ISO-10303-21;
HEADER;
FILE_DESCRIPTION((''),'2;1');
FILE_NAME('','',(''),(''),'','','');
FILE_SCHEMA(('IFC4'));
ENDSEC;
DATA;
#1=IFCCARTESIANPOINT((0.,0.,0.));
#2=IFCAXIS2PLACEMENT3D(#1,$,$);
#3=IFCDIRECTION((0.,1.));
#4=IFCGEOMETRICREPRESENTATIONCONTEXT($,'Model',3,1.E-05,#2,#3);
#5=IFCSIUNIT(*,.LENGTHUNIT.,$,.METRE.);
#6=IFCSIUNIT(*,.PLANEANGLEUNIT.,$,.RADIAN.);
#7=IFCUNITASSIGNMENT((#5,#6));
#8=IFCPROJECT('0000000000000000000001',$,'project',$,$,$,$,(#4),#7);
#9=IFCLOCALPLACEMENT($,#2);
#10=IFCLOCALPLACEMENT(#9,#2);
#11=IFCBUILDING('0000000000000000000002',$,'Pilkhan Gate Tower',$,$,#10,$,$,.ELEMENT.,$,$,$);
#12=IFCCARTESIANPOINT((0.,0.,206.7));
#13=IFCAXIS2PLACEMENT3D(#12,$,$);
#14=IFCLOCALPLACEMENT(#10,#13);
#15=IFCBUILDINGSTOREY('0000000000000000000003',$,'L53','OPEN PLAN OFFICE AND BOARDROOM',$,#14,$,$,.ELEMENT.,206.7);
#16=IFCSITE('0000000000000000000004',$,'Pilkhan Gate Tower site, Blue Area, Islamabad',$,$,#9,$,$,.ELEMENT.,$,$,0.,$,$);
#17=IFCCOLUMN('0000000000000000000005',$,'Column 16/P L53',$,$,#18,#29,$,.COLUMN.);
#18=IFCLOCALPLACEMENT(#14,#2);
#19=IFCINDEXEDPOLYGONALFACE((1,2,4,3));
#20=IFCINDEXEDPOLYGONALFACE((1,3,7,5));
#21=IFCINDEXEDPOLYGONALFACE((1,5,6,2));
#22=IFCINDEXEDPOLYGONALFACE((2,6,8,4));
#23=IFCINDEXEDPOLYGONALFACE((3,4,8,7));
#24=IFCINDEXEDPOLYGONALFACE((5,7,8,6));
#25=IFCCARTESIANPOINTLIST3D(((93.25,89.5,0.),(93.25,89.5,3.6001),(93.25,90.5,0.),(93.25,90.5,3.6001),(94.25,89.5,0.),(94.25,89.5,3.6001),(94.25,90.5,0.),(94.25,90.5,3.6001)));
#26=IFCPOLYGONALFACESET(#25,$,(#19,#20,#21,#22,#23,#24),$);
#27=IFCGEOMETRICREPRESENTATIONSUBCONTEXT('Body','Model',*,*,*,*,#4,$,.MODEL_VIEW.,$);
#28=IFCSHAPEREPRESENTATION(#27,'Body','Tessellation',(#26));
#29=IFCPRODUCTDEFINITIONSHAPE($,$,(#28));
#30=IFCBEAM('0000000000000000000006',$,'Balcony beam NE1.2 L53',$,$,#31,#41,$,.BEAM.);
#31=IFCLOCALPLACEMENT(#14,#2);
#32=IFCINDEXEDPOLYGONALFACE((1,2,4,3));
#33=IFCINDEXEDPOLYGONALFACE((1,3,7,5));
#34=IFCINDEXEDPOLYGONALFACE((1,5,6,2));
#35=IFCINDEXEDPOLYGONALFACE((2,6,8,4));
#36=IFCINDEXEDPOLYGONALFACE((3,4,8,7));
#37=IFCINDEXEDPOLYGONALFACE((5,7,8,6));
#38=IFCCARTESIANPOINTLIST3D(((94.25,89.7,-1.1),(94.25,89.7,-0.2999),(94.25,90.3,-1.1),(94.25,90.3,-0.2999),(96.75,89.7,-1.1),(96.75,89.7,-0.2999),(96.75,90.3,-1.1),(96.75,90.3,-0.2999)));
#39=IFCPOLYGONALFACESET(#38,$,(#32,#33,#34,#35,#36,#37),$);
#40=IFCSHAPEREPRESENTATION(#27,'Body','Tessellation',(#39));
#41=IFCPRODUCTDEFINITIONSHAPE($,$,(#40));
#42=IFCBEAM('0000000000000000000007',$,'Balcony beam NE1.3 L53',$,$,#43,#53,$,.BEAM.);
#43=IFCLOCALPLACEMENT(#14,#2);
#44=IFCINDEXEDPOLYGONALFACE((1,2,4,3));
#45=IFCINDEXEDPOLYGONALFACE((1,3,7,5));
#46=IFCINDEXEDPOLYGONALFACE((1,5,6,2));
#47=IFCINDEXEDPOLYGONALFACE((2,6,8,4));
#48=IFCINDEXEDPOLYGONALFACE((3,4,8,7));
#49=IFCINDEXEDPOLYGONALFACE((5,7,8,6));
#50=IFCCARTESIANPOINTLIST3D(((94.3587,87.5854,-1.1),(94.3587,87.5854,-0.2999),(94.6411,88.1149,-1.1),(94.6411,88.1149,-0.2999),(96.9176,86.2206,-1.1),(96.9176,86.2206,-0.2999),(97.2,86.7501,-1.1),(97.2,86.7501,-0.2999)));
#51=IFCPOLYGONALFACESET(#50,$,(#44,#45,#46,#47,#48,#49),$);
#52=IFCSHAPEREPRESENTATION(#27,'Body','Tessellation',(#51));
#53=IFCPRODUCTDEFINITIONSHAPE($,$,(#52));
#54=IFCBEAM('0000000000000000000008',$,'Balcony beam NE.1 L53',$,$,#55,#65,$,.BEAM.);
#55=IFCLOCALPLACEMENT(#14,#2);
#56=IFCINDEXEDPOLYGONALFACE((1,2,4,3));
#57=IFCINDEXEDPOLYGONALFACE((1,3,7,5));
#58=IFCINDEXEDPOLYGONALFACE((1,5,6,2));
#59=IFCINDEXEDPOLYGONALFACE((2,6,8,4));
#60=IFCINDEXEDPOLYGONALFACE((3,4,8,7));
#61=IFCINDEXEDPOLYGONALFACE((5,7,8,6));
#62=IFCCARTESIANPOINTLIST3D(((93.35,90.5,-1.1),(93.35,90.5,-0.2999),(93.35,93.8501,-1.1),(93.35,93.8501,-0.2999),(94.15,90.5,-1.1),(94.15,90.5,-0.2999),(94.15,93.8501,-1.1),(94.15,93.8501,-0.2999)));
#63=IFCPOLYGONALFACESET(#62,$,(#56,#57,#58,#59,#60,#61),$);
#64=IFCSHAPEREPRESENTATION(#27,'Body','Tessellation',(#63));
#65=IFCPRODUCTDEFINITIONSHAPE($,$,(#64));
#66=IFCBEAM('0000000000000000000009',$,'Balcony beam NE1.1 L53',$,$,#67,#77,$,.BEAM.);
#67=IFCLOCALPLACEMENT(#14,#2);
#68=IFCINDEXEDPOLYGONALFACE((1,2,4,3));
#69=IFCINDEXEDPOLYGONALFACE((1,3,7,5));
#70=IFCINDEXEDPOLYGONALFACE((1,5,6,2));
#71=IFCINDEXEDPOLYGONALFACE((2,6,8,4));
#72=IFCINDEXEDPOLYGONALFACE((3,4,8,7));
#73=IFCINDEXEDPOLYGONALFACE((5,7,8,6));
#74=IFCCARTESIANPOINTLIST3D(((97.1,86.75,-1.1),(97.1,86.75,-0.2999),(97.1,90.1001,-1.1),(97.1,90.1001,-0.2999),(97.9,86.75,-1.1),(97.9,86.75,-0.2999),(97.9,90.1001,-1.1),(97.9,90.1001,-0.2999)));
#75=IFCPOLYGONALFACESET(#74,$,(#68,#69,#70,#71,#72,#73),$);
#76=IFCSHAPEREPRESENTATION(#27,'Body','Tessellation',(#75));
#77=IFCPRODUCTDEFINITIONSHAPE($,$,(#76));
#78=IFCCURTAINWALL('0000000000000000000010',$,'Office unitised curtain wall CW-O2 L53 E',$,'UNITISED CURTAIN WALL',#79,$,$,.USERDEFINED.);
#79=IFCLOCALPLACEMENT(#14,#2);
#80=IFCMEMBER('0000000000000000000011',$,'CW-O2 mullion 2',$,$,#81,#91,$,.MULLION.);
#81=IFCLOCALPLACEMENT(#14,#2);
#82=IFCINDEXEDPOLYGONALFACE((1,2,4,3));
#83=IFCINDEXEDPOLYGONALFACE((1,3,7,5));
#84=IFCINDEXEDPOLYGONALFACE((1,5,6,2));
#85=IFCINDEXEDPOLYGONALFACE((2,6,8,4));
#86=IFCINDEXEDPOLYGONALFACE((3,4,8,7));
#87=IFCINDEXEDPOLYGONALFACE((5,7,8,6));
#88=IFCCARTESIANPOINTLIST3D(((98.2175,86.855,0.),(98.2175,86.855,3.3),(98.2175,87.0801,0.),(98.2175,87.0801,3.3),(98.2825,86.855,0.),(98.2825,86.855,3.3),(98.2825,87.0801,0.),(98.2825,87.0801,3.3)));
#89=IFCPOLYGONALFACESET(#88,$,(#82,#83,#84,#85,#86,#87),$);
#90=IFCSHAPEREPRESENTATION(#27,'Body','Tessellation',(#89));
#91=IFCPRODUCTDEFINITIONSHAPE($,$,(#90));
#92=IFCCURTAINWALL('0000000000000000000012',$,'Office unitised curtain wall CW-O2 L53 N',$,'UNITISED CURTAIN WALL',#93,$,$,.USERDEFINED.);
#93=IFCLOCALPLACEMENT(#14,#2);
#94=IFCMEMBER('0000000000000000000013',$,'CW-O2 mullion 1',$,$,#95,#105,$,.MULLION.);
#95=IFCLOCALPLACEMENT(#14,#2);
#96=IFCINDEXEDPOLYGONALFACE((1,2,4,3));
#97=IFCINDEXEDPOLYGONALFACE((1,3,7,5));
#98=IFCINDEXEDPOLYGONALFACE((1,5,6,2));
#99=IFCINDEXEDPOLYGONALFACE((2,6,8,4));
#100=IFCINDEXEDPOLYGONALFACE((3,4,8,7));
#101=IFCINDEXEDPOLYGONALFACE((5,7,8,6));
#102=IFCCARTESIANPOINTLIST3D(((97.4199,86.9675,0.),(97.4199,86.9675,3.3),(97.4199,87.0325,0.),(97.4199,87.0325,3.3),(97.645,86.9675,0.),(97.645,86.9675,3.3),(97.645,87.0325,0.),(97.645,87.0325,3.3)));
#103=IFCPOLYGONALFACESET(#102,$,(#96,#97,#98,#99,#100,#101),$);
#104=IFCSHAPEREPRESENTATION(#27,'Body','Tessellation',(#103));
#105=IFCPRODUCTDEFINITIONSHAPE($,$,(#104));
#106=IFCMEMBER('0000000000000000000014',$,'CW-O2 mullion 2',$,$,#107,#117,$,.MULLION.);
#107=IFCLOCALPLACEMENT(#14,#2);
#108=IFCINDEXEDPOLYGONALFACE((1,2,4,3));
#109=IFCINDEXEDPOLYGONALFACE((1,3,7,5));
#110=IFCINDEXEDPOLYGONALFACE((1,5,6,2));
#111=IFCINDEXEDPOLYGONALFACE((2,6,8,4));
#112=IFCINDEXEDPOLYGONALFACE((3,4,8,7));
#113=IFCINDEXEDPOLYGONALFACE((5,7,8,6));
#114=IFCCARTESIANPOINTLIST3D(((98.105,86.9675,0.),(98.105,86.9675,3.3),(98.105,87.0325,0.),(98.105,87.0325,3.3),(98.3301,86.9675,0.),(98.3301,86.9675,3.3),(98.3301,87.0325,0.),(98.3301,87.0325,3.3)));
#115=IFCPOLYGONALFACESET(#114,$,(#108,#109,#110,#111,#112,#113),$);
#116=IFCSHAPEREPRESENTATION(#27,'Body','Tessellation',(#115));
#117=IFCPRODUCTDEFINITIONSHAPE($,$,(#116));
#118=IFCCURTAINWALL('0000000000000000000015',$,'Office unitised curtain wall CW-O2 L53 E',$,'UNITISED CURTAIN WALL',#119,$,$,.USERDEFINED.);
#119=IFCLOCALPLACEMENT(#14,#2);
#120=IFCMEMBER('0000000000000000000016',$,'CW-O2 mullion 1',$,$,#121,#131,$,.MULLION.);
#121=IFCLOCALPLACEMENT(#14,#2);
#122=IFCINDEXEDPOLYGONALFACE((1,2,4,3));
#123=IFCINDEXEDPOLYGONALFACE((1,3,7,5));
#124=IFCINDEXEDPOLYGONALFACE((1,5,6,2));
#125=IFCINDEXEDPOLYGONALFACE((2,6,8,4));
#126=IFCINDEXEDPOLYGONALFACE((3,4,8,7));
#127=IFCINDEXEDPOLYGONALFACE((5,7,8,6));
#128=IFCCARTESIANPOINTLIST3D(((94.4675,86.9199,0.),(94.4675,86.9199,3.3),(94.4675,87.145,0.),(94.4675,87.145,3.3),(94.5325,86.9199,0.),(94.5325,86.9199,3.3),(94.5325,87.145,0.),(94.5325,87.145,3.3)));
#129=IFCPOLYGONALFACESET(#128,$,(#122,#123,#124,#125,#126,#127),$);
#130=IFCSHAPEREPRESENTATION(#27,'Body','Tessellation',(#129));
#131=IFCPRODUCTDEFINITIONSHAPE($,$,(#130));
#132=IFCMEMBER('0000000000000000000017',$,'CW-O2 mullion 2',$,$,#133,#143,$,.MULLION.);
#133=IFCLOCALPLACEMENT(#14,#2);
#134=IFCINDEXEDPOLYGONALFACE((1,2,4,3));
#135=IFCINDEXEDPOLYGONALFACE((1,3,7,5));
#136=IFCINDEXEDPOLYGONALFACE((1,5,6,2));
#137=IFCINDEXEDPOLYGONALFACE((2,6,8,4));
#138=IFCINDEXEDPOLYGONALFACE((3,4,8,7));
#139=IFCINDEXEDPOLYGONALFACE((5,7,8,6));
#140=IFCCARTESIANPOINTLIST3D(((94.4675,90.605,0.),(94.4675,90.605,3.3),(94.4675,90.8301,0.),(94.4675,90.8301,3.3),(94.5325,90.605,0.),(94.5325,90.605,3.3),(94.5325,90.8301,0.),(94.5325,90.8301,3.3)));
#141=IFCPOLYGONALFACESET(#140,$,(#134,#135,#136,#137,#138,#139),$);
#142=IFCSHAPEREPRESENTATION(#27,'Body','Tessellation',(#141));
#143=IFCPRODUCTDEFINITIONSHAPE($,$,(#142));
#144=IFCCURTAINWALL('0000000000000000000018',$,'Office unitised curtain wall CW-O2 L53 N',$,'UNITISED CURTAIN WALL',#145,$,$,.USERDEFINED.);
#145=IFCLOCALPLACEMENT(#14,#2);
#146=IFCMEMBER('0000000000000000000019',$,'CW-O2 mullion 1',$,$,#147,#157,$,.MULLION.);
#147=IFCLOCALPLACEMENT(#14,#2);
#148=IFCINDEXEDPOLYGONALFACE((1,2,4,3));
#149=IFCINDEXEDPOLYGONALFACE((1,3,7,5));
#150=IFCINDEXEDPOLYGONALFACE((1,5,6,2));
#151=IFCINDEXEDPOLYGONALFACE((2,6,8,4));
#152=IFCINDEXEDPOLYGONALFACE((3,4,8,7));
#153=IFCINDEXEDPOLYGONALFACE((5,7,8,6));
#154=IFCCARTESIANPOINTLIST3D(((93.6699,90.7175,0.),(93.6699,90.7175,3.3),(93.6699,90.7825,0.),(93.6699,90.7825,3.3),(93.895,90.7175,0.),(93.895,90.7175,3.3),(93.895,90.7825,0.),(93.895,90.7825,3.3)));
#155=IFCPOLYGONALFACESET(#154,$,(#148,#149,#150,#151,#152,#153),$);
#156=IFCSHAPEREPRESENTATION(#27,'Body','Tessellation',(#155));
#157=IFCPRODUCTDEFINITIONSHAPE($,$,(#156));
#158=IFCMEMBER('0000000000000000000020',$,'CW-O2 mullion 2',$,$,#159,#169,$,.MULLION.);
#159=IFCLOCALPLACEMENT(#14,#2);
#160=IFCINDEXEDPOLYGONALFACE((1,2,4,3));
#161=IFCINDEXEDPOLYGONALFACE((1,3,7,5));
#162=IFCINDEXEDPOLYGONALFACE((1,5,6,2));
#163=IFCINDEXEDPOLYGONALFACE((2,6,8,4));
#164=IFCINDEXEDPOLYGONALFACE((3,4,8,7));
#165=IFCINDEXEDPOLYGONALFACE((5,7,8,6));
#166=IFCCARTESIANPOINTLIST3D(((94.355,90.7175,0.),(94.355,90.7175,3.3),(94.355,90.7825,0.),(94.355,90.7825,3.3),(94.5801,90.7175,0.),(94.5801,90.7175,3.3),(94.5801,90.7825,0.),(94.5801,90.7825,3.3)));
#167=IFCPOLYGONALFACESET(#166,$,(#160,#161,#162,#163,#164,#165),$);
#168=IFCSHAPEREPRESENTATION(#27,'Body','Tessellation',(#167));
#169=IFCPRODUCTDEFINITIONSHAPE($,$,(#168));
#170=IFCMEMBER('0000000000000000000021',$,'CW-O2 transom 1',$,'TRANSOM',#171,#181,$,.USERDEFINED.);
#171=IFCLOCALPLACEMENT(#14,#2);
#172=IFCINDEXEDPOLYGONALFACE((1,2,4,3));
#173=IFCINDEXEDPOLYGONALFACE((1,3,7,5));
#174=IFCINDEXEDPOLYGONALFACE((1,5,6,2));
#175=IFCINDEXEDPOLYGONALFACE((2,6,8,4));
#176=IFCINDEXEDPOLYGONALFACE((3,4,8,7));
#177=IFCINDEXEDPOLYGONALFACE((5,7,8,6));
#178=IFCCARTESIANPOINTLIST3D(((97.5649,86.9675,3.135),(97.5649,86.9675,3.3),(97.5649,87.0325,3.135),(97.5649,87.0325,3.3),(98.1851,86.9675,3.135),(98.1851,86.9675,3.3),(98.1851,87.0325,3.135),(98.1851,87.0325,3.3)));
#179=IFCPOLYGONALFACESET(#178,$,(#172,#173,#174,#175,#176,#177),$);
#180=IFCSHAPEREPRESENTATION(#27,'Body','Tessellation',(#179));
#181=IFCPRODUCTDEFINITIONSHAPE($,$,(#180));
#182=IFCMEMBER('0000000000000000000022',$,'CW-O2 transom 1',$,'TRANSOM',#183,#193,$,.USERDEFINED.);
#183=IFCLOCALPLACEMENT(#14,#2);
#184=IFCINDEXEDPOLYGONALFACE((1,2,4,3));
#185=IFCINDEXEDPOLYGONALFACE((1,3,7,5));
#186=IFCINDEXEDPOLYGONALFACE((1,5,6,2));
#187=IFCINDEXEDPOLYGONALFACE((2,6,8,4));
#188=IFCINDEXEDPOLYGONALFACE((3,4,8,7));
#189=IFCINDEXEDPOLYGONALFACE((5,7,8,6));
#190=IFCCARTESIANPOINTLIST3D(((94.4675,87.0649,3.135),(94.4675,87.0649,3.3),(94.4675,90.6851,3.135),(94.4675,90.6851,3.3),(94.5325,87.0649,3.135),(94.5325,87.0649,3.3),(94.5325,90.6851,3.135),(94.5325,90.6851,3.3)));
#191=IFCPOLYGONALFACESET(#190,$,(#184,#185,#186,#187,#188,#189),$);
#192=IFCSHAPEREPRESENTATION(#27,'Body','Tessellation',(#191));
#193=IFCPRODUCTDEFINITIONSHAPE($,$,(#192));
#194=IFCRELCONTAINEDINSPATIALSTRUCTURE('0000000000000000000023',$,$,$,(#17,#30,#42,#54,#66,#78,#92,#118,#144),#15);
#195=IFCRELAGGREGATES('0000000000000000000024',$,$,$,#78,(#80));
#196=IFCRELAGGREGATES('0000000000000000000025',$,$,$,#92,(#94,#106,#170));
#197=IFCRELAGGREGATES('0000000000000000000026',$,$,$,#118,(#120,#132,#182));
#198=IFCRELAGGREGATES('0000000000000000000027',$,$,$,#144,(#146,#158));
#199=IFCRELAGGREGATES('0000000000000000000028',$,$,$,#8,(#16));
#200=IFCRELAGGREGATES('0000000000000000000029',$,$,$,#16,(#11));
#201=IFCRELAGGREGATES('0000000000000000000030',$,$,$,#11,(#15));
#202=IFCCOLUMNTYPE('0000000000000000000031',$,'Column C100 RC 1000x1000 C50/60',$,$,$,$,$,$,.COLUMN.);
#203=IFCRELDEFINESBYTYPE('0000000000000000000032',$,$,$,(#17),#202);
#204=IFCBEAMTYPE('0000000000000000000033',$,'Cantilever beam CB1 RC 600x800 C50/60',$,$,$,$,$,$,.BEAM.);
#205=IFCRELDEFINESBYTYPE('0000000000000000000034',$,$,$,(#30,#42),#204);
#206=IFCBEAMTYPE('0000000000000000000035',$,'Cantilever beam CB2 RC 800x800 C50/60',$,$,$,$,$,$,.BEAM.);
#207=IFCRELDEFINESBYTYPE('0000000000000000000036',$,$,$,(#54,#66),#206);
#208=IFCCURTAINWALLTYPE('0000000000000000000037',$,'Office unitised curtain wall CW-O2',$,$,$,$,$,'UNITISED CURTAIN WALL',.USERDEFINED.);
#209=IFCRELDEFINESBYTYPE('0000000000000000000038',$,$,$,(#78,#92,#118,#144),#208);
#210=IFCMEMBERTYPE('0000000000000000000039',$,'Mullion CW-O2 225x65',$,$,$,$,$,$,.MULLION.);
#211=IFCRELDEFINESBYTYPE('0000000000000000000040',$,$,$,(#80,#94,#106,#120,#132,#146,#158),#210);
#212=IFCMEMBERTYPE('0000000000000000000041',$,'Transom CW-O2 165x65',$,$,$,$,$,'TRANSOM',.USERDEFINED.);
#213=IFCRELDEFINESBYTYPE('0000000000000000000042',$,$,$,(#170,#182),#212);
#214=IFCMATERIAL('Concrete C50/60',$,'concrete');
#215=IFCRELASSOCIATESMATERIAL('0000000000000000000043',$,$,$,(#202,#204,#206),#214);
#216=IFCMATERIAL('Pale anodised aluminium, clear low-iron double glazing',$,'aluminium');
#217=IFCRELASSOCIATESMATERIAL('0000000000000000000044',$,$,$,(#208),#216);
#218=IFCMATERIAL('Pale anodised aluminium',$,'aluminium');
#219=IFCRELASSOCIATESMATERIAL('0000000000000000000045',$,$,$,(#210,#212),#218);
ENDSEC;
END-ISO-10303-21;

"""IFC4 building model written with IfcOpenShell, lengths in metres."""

from ifc_helpers import new_model, si_unit, direction, frame, origin, origin_2d, place, context, subcontext, project, spatial, rectangle, extrude, material, material_profile, profile_set, type_object, element, aggregate, save


model = new_model("IFC4")

# Units and contexts
model_context = context("Model", 3, precision=1e-05, world=origin(), true_north=direction((0.0, 1.0)))
body_context = subcontext(model_context, "Body", "Model", "MODEL_VIEW")
ifc_project = project(units=[si_unit("LENGTHUNIT", "METRE"), si_unit("PLANEANGLEUNIT", "RADIAN")], contexts=[model_context])

# Site, building, storey
site_placement = place(None, origin())
site = spatial("IfcSite", under=ifc_project, at=site_placement, Name="Pilkhan Gate Tower site, Blue Area, Islamabad", CompositionType="ELEMENT", RefElevation=0.0)
building_placement = place(site_placement, origin())
building = spatial("IfcBuilding", under=site, at=building_placement, Name="Pilkhan Gate Tower", CompositionType="ELEMENT")
storey_placement = place(building_placement, frame((0.0, 0.0, 206.7)))
storey = spatial("IfcBuildingStorey", under=building, at=storey_placement, Name="L53", Description="OPEN PLAN OFFICE AND BOARDROOM", CompositionType="ELEMENT", Elevation=206.7)

# Column
ifc_material_1 = material(Name="Concrete C50/60", Category="concrete")
ifc_material_profile_1 = material_profile(ifc_material_1, rectangle(XDim=1.0, YDim=1.0, at=origin_2d()), Name="RC 1000x1000")
ifc_profile_set_1 = profile_set([ifc_material_profile_1], Name="Concrete C50/60")
column_type = type_object("IfcColumnType", Name="Column C100 RC 1000x1000 C50/60", PredefinedType="COLUMN", material=ifc_profile_set_1)
column_placement = place(storey_placement, frame((93.75, 90.0, 0.0), z_axis=(0.0, 0.0, 1.0), x_axis=(1.0, 0.0, 0.0)))
element("IfcColumn", 1, at=column_placement, inside=storey, type_object=column_type, Name="Column 16/P L53", PredefinedType="COLUMN", context=body_context, shape_type="SweptSolid", body=[
    extrude(rectangle(XDim=1.0, YDim=1.0, at=origin_2d()), origin(), (0.0, 0.0, 1.0), 3.6001),
])

# Beams
ifc_material_profile_2 = material_profile(ifc_material_1, rectangle(XDim=0.6001, YDim=0.8, at=origin_2d()), Name="RC 600x800")
ifc_profile_set_2 = profile_set([ifc_material_profile_2], Name="Concrete C50/60")
beam_type_1 = type_object("IfcBeamType", Name="Cantilever beam CB1 RC 600x800 C50/60", PredefinedType="BEAM", material=ifc_profile_set_2)
beam_1_placement = place(storey_placement, frame((94.25, 90.0, -0.7), z_axis=(1.0, 0.0, 0.0), x_axis=(0.0, 1.0, 0.0)))
element("IfcBeam", 2, at=beam_1_placement, inside=storey, type_object=beam_type_1, Name="Balcony beam NE1.2 L53", PredefinedType="BEAM", context=body_context, shape_type="SweptSolid", body=[
    extrude(rectangle(XDim=0.6001, YDim=0.8, at=origin_2d()), origin(), (0.0, 0.0, 1.0), 2.5),
])
beam_2_placement = place(storey_placement, frame((97.0588, 86.4854, -0.7), z_axis=(-0.882348, 0.470597, 0.0), x_axis=(-0.470597, -0.882348, 0.0)))
element("IfcBeam", 3, at=beam_2_placement, inside=storey, type_object=beam_type_1, Name="Balcony beam NE1.3 L53", PredefinedType="BEAM", context=body_context, shape_type="SweptSolid", body=[
    extrude(rectangle(XDim=0.6001, YDim=0.8, at=origin_2d()), origin(), (0.0, 0.0, 1.0), 2.9001),
])
ifc_material_profile_3 = material_profile(ifc_material_1, rectangle(XDim=0.8, YDim=0.8, at=origin_2d()), Name="RC 800x800")
ifc_profile_set_3 = profile_set([ifc_material_profile_3], Name="Concrete C50/60")
beam_type_2 = type_object("IfcBeamType", Name="Cantilever beam CB2 RC 800x800 C50/60", PredefinedType="BEAM", material=ifc_profile_set_3)
for number, where, z_axis, x_axis, name in (
    (4, (93.75, 90.5, -0.7), (0.0, 1.0, 0.0), (-1.0, 0.0, 0.0), "Balcony beam NE.1 L53"),
    (5, (97.5, 86.75, -0.7), (0.0, 1.0, 0.0), (-1.0, 0.0, 0.0), "Balcony beam NE1.1 L53"),
):
    element("IfcBeam", number, at=place(storey_placement, frame(where, z_axis=z_axis, x_axis=x_axis)), inside=storey, type_object=beam_type_2, Name=name, PredefinedType="BEAM", context=body_context, shape_type="SweptSolid", body=[
        extrude(rectangle(XDim=0.8, YDim=0.8, at=origin_2d()), origin(), (0.0, 0.0, 1.0), 3.3501),
    ])

# Curtain wall, member
ifc_material_2 = material(Name="Pale anodised aluminium, clear low-iron double glazing", Category="aluminium")
curtain_wall_type = type_object("IfcCurtainWallType", Name="Office unitised curtain wall CW-O2", ElementType="UNITISED CURTAIN WALL", PredefinedType="USERDEFINED", material=ifc_material_2)
curtain_wall_1_placement = place(storey_placement, origin())
curtain_wall_1 = element("IfcCurtainWall", 6, at=curtain_wall_1_placement, inside=storey, type_object=curtain_wall_type, Name="Office unitised curtain wall CW-O2 L53 E", ObjectType="UNITISED CURTAIN WALL", PredefinedType="USERDEFINED")
ifc_material_3 = material(Name="Pale anodised aluminium", Category="aluminium")
ifc_material_profile_4 = material_profile(ifc_material_3, rectangle(XDim=0.0649, YDim=0.2251, at=origin_2d()), Name="Mullion 225x65")
ifc_profile_set_4 = profile_set([ifc_material_profile_4], Name="Pale anodised aluminium")
member_type_1 = type_object("IfcMemberType", Name="Mullion CW-O2 225x65", PredefinedType="MULLION", material=ifc_profile_set_4)
member_1_placement = place(storey_placement, frame((98.25, 86.9675, 0.0), z_axis=(0.0, 0.0, 1.0), x_axis=(-1.0, 0.0, 0.0)))
member_1 = element("IfcMember", 7, at=member_1_placement, type_object=member_type_1, Name="CW-O2 mullion 2", PredefinedType="MULLION", context=body_context, shape_type="SweptSolid", body=[
    extrude(rectangle(XDim=0.0649, YDim=0.2251, at=origin_2d()), origin(), (0.0, 0.0, 1.0), 3.3),
])
aggregate(curtain_wall_1, [member_1])

# Curtain walls, members
curtain_wall_2_placement = place(storey_placement, origin())
curtain_wall_2 = element("IfcCurtainWall", 8, at=curtain_wall_2_placement, inside=storey, type_object=curtain_wall_type, Name="Office unitised curtain wall CW-O2 L53 N", ObjectType="UNITISED CURTAIN WALL", PredefinedType="USERDEFINED")
member_2_placement = place(storey_placement, frame((97.5325, 87.0, 0.0), z_axis=(0.0, 0.0, 1.0), x_axis=(0.0, 1.0, 0.0)))
member_2 = element("IfcMember", 9, at=member_2_placement, type_object=member_type_1, Name="CW-O2 mullion 1", PredefinedType="MULLION", context=body_context, shape_type="SweptSolid", body=[
    extrude(rectangle(XDim=0.0649, YDim=0.2251, at=origin_2d()), origin(), (0.0, 0.0, 1.0), 3.3),
])
member_3_placement = place(storey_placement, frame((98.2175, 87.0, 0.0), z_axis=(0.0, 0.0, 1.0), x_axis=(0.0, 1.0, 0.0)))
member_3 = element("IfcMember", 10, at=member_3_placement, type_object=member_type_1, Name="CW-O2 mullion 2", PredefinedType="MULLION", context=body_context, shape_type="SweptSolid", body=[
    extrude(rectangle(XDim=0.0649, YDim=0.2251, at=origin_2d()), origin(), (0.0, 0.0, 1.0), 3.3),
])
curtain_wall_3_placement = place(storey_placement, origin())
curtain_wall_3 = element("IfcCurtainWall", 11, at=curtain_wall_3_placement, inside=storey, type_object=curtain_wall_type, Name="Office unitised curtain wall CW-O2 L53 E", ObjectType="UNITISED CURTAIN WALL", PredefinedType="USERDEFINED")
member_4_placement = place(storey_placement, frame((94.5, 87.0325, 0.0), z_axis=(0.0, 0.0, 1.0), x_axis=(-1.0, 0.0, 0.0)))
member_4 = element("IfcMember", 12, at=member_4_placement, type_object=member_type_1, Name="CW-O2 mullion 1", PredefinedType="MULLION", context=body_context, shape_type="SweptSolid", body=[
    extrude(rectangle(XDim=0.0649, YDim=0.2251, at=origin_2d()), origin(), (0.0, 0.0, 1.0), 3.3),
])
member_5_placement = place(storey_placement, frame((94.5, 90.7175, 0.0), z_axis=(0.0, 0.0, 1.0), x_axis=(-1.0, 0.0, 0.0)))
member_5 = element("IfcMember", 13, at=member_5_placement, type_object=member_type_1, Name="CW-O2 mullion 2", PredefinedType="MULLION", context=body_context, shape_type="SweptSolid", body=[
    extrude(rectangle(XDim=0.0649, YDim=0.2251, at=origin_2d()), origin(), (0.0, 0.0, 1.0), 3.3),
])
curtain_wall_4_placement = place(storey_placement, origin())
curtain_wall_4 = element("IfcCurtainWall", 14, at=curtain_wall_4_placement, inside=storey, type_object=curtain_wall_type, Name="Office unitised curtain wall CW-O2 L53 N", ObjectType="UNITISED CURTAIN WALL", PredefinedType="USERDEFINED")
member_6_placement = place(storey_placement, frame((93.7825, 90.75, 0.0), z_axis=(0.0, 0.0, 1.0), x_axis=(0.0, 1.0, 0.0)))
member_6 = element("IfcMember", 15, at=member_6_placement, type_object=member_type_1, Name="CW-O2 mullion 1", PredefinedType="MULLION", context=body_context, shape_type="SweptSolid", body=[
    extrude(rectangle(XDim=0.0649, YDim=0.2251, at=origin_2d()), origin(), (0.0, 0.0, 1.0), 3.3),
])
member_7_placement = place(storey_placement, frame((94.4675, 90.75, 0.0), z_axis=(0.0, 0.0, 1.0), x_axis=(0.0, 1.0, 0.0)))
member_7 = element("IfcMember", 16, at=member_7_placement, type_object=member_type_1, Name="CW-O2 mullion 2", PredefinedType="MULLION", context=body_context, shape_type="SweptSolid", body=[
    extrude(rectangle(XDim=0.0649, YDim=0.2251, at=origin_2d()), origin(), (0.0, 0.0, 1.0), 3.3),
])

# Members
ifc_material_profile_5 = material_profile(ifc_material_3, rectangle(XDim=0.0649, YDim=0.165, at=origin_2d()), Name="Transom 165x65")
ifc_profile_set_5 = profile_set([ifc_material_profile_5], Name="Pale anodised aluminium")
member_type_2 = type_object("IfcMemberType", Name="Transom CW-O2 165x65", ElementType="TRANSOM", PredefinedType="USERDEFINED", material=ifc_profile_set_5)
member_8_placement = place(storey_placement, frame((97.5649, 87.0, 3.2175), z_axis=(1.0, 0.0, 0.0), x_axis=(0.0, 1.0, 0.0)))
member_8 = element("IfcMember", 17, at=member_8_placement, type_object=member_type_2, Name="CW-O2 transom 1", ObjectType="TRANSOM", PredefinedType="USERDEFINED", context=body_context, shape_type="SweptSolid", body=[
    extrude(rectangle(XDim=0.0649, YDim=0.165, at=origin_2d()), origin(), (0.0, 0.0, 1.0), 0.6201),
])
member_9_placement = place(storey_placement, frame((94.5, 87.0649, 3.2175), z_axis=(0.0, 1.0, 0.0), x_axis=(-1.0, 0.0, 0.0)))
member_9 = element("IfcMember", 18, at=member_9_placement, type_object=member_type_2, Name="CW-O2 transom 1", ObjectType="TRANSOM", PredefinedType="USERDEFINED", context=body_context, shape_type="SweptSolid", body=[
    extrude(rectangle(XDim=0.0649, YDim=0.165, at=origin_2d()), origin(), (0.0, 0.0, 1.0), 3.6201),
])

aggregate(curtain_wall_2, [member_2, member_3, member_8])
aggregate(curtain_wall_3, [member_4, member_5, member_9])
aggregate(curtain_wall_4, [member_6, member_7])

save(model, "model.ifc")
